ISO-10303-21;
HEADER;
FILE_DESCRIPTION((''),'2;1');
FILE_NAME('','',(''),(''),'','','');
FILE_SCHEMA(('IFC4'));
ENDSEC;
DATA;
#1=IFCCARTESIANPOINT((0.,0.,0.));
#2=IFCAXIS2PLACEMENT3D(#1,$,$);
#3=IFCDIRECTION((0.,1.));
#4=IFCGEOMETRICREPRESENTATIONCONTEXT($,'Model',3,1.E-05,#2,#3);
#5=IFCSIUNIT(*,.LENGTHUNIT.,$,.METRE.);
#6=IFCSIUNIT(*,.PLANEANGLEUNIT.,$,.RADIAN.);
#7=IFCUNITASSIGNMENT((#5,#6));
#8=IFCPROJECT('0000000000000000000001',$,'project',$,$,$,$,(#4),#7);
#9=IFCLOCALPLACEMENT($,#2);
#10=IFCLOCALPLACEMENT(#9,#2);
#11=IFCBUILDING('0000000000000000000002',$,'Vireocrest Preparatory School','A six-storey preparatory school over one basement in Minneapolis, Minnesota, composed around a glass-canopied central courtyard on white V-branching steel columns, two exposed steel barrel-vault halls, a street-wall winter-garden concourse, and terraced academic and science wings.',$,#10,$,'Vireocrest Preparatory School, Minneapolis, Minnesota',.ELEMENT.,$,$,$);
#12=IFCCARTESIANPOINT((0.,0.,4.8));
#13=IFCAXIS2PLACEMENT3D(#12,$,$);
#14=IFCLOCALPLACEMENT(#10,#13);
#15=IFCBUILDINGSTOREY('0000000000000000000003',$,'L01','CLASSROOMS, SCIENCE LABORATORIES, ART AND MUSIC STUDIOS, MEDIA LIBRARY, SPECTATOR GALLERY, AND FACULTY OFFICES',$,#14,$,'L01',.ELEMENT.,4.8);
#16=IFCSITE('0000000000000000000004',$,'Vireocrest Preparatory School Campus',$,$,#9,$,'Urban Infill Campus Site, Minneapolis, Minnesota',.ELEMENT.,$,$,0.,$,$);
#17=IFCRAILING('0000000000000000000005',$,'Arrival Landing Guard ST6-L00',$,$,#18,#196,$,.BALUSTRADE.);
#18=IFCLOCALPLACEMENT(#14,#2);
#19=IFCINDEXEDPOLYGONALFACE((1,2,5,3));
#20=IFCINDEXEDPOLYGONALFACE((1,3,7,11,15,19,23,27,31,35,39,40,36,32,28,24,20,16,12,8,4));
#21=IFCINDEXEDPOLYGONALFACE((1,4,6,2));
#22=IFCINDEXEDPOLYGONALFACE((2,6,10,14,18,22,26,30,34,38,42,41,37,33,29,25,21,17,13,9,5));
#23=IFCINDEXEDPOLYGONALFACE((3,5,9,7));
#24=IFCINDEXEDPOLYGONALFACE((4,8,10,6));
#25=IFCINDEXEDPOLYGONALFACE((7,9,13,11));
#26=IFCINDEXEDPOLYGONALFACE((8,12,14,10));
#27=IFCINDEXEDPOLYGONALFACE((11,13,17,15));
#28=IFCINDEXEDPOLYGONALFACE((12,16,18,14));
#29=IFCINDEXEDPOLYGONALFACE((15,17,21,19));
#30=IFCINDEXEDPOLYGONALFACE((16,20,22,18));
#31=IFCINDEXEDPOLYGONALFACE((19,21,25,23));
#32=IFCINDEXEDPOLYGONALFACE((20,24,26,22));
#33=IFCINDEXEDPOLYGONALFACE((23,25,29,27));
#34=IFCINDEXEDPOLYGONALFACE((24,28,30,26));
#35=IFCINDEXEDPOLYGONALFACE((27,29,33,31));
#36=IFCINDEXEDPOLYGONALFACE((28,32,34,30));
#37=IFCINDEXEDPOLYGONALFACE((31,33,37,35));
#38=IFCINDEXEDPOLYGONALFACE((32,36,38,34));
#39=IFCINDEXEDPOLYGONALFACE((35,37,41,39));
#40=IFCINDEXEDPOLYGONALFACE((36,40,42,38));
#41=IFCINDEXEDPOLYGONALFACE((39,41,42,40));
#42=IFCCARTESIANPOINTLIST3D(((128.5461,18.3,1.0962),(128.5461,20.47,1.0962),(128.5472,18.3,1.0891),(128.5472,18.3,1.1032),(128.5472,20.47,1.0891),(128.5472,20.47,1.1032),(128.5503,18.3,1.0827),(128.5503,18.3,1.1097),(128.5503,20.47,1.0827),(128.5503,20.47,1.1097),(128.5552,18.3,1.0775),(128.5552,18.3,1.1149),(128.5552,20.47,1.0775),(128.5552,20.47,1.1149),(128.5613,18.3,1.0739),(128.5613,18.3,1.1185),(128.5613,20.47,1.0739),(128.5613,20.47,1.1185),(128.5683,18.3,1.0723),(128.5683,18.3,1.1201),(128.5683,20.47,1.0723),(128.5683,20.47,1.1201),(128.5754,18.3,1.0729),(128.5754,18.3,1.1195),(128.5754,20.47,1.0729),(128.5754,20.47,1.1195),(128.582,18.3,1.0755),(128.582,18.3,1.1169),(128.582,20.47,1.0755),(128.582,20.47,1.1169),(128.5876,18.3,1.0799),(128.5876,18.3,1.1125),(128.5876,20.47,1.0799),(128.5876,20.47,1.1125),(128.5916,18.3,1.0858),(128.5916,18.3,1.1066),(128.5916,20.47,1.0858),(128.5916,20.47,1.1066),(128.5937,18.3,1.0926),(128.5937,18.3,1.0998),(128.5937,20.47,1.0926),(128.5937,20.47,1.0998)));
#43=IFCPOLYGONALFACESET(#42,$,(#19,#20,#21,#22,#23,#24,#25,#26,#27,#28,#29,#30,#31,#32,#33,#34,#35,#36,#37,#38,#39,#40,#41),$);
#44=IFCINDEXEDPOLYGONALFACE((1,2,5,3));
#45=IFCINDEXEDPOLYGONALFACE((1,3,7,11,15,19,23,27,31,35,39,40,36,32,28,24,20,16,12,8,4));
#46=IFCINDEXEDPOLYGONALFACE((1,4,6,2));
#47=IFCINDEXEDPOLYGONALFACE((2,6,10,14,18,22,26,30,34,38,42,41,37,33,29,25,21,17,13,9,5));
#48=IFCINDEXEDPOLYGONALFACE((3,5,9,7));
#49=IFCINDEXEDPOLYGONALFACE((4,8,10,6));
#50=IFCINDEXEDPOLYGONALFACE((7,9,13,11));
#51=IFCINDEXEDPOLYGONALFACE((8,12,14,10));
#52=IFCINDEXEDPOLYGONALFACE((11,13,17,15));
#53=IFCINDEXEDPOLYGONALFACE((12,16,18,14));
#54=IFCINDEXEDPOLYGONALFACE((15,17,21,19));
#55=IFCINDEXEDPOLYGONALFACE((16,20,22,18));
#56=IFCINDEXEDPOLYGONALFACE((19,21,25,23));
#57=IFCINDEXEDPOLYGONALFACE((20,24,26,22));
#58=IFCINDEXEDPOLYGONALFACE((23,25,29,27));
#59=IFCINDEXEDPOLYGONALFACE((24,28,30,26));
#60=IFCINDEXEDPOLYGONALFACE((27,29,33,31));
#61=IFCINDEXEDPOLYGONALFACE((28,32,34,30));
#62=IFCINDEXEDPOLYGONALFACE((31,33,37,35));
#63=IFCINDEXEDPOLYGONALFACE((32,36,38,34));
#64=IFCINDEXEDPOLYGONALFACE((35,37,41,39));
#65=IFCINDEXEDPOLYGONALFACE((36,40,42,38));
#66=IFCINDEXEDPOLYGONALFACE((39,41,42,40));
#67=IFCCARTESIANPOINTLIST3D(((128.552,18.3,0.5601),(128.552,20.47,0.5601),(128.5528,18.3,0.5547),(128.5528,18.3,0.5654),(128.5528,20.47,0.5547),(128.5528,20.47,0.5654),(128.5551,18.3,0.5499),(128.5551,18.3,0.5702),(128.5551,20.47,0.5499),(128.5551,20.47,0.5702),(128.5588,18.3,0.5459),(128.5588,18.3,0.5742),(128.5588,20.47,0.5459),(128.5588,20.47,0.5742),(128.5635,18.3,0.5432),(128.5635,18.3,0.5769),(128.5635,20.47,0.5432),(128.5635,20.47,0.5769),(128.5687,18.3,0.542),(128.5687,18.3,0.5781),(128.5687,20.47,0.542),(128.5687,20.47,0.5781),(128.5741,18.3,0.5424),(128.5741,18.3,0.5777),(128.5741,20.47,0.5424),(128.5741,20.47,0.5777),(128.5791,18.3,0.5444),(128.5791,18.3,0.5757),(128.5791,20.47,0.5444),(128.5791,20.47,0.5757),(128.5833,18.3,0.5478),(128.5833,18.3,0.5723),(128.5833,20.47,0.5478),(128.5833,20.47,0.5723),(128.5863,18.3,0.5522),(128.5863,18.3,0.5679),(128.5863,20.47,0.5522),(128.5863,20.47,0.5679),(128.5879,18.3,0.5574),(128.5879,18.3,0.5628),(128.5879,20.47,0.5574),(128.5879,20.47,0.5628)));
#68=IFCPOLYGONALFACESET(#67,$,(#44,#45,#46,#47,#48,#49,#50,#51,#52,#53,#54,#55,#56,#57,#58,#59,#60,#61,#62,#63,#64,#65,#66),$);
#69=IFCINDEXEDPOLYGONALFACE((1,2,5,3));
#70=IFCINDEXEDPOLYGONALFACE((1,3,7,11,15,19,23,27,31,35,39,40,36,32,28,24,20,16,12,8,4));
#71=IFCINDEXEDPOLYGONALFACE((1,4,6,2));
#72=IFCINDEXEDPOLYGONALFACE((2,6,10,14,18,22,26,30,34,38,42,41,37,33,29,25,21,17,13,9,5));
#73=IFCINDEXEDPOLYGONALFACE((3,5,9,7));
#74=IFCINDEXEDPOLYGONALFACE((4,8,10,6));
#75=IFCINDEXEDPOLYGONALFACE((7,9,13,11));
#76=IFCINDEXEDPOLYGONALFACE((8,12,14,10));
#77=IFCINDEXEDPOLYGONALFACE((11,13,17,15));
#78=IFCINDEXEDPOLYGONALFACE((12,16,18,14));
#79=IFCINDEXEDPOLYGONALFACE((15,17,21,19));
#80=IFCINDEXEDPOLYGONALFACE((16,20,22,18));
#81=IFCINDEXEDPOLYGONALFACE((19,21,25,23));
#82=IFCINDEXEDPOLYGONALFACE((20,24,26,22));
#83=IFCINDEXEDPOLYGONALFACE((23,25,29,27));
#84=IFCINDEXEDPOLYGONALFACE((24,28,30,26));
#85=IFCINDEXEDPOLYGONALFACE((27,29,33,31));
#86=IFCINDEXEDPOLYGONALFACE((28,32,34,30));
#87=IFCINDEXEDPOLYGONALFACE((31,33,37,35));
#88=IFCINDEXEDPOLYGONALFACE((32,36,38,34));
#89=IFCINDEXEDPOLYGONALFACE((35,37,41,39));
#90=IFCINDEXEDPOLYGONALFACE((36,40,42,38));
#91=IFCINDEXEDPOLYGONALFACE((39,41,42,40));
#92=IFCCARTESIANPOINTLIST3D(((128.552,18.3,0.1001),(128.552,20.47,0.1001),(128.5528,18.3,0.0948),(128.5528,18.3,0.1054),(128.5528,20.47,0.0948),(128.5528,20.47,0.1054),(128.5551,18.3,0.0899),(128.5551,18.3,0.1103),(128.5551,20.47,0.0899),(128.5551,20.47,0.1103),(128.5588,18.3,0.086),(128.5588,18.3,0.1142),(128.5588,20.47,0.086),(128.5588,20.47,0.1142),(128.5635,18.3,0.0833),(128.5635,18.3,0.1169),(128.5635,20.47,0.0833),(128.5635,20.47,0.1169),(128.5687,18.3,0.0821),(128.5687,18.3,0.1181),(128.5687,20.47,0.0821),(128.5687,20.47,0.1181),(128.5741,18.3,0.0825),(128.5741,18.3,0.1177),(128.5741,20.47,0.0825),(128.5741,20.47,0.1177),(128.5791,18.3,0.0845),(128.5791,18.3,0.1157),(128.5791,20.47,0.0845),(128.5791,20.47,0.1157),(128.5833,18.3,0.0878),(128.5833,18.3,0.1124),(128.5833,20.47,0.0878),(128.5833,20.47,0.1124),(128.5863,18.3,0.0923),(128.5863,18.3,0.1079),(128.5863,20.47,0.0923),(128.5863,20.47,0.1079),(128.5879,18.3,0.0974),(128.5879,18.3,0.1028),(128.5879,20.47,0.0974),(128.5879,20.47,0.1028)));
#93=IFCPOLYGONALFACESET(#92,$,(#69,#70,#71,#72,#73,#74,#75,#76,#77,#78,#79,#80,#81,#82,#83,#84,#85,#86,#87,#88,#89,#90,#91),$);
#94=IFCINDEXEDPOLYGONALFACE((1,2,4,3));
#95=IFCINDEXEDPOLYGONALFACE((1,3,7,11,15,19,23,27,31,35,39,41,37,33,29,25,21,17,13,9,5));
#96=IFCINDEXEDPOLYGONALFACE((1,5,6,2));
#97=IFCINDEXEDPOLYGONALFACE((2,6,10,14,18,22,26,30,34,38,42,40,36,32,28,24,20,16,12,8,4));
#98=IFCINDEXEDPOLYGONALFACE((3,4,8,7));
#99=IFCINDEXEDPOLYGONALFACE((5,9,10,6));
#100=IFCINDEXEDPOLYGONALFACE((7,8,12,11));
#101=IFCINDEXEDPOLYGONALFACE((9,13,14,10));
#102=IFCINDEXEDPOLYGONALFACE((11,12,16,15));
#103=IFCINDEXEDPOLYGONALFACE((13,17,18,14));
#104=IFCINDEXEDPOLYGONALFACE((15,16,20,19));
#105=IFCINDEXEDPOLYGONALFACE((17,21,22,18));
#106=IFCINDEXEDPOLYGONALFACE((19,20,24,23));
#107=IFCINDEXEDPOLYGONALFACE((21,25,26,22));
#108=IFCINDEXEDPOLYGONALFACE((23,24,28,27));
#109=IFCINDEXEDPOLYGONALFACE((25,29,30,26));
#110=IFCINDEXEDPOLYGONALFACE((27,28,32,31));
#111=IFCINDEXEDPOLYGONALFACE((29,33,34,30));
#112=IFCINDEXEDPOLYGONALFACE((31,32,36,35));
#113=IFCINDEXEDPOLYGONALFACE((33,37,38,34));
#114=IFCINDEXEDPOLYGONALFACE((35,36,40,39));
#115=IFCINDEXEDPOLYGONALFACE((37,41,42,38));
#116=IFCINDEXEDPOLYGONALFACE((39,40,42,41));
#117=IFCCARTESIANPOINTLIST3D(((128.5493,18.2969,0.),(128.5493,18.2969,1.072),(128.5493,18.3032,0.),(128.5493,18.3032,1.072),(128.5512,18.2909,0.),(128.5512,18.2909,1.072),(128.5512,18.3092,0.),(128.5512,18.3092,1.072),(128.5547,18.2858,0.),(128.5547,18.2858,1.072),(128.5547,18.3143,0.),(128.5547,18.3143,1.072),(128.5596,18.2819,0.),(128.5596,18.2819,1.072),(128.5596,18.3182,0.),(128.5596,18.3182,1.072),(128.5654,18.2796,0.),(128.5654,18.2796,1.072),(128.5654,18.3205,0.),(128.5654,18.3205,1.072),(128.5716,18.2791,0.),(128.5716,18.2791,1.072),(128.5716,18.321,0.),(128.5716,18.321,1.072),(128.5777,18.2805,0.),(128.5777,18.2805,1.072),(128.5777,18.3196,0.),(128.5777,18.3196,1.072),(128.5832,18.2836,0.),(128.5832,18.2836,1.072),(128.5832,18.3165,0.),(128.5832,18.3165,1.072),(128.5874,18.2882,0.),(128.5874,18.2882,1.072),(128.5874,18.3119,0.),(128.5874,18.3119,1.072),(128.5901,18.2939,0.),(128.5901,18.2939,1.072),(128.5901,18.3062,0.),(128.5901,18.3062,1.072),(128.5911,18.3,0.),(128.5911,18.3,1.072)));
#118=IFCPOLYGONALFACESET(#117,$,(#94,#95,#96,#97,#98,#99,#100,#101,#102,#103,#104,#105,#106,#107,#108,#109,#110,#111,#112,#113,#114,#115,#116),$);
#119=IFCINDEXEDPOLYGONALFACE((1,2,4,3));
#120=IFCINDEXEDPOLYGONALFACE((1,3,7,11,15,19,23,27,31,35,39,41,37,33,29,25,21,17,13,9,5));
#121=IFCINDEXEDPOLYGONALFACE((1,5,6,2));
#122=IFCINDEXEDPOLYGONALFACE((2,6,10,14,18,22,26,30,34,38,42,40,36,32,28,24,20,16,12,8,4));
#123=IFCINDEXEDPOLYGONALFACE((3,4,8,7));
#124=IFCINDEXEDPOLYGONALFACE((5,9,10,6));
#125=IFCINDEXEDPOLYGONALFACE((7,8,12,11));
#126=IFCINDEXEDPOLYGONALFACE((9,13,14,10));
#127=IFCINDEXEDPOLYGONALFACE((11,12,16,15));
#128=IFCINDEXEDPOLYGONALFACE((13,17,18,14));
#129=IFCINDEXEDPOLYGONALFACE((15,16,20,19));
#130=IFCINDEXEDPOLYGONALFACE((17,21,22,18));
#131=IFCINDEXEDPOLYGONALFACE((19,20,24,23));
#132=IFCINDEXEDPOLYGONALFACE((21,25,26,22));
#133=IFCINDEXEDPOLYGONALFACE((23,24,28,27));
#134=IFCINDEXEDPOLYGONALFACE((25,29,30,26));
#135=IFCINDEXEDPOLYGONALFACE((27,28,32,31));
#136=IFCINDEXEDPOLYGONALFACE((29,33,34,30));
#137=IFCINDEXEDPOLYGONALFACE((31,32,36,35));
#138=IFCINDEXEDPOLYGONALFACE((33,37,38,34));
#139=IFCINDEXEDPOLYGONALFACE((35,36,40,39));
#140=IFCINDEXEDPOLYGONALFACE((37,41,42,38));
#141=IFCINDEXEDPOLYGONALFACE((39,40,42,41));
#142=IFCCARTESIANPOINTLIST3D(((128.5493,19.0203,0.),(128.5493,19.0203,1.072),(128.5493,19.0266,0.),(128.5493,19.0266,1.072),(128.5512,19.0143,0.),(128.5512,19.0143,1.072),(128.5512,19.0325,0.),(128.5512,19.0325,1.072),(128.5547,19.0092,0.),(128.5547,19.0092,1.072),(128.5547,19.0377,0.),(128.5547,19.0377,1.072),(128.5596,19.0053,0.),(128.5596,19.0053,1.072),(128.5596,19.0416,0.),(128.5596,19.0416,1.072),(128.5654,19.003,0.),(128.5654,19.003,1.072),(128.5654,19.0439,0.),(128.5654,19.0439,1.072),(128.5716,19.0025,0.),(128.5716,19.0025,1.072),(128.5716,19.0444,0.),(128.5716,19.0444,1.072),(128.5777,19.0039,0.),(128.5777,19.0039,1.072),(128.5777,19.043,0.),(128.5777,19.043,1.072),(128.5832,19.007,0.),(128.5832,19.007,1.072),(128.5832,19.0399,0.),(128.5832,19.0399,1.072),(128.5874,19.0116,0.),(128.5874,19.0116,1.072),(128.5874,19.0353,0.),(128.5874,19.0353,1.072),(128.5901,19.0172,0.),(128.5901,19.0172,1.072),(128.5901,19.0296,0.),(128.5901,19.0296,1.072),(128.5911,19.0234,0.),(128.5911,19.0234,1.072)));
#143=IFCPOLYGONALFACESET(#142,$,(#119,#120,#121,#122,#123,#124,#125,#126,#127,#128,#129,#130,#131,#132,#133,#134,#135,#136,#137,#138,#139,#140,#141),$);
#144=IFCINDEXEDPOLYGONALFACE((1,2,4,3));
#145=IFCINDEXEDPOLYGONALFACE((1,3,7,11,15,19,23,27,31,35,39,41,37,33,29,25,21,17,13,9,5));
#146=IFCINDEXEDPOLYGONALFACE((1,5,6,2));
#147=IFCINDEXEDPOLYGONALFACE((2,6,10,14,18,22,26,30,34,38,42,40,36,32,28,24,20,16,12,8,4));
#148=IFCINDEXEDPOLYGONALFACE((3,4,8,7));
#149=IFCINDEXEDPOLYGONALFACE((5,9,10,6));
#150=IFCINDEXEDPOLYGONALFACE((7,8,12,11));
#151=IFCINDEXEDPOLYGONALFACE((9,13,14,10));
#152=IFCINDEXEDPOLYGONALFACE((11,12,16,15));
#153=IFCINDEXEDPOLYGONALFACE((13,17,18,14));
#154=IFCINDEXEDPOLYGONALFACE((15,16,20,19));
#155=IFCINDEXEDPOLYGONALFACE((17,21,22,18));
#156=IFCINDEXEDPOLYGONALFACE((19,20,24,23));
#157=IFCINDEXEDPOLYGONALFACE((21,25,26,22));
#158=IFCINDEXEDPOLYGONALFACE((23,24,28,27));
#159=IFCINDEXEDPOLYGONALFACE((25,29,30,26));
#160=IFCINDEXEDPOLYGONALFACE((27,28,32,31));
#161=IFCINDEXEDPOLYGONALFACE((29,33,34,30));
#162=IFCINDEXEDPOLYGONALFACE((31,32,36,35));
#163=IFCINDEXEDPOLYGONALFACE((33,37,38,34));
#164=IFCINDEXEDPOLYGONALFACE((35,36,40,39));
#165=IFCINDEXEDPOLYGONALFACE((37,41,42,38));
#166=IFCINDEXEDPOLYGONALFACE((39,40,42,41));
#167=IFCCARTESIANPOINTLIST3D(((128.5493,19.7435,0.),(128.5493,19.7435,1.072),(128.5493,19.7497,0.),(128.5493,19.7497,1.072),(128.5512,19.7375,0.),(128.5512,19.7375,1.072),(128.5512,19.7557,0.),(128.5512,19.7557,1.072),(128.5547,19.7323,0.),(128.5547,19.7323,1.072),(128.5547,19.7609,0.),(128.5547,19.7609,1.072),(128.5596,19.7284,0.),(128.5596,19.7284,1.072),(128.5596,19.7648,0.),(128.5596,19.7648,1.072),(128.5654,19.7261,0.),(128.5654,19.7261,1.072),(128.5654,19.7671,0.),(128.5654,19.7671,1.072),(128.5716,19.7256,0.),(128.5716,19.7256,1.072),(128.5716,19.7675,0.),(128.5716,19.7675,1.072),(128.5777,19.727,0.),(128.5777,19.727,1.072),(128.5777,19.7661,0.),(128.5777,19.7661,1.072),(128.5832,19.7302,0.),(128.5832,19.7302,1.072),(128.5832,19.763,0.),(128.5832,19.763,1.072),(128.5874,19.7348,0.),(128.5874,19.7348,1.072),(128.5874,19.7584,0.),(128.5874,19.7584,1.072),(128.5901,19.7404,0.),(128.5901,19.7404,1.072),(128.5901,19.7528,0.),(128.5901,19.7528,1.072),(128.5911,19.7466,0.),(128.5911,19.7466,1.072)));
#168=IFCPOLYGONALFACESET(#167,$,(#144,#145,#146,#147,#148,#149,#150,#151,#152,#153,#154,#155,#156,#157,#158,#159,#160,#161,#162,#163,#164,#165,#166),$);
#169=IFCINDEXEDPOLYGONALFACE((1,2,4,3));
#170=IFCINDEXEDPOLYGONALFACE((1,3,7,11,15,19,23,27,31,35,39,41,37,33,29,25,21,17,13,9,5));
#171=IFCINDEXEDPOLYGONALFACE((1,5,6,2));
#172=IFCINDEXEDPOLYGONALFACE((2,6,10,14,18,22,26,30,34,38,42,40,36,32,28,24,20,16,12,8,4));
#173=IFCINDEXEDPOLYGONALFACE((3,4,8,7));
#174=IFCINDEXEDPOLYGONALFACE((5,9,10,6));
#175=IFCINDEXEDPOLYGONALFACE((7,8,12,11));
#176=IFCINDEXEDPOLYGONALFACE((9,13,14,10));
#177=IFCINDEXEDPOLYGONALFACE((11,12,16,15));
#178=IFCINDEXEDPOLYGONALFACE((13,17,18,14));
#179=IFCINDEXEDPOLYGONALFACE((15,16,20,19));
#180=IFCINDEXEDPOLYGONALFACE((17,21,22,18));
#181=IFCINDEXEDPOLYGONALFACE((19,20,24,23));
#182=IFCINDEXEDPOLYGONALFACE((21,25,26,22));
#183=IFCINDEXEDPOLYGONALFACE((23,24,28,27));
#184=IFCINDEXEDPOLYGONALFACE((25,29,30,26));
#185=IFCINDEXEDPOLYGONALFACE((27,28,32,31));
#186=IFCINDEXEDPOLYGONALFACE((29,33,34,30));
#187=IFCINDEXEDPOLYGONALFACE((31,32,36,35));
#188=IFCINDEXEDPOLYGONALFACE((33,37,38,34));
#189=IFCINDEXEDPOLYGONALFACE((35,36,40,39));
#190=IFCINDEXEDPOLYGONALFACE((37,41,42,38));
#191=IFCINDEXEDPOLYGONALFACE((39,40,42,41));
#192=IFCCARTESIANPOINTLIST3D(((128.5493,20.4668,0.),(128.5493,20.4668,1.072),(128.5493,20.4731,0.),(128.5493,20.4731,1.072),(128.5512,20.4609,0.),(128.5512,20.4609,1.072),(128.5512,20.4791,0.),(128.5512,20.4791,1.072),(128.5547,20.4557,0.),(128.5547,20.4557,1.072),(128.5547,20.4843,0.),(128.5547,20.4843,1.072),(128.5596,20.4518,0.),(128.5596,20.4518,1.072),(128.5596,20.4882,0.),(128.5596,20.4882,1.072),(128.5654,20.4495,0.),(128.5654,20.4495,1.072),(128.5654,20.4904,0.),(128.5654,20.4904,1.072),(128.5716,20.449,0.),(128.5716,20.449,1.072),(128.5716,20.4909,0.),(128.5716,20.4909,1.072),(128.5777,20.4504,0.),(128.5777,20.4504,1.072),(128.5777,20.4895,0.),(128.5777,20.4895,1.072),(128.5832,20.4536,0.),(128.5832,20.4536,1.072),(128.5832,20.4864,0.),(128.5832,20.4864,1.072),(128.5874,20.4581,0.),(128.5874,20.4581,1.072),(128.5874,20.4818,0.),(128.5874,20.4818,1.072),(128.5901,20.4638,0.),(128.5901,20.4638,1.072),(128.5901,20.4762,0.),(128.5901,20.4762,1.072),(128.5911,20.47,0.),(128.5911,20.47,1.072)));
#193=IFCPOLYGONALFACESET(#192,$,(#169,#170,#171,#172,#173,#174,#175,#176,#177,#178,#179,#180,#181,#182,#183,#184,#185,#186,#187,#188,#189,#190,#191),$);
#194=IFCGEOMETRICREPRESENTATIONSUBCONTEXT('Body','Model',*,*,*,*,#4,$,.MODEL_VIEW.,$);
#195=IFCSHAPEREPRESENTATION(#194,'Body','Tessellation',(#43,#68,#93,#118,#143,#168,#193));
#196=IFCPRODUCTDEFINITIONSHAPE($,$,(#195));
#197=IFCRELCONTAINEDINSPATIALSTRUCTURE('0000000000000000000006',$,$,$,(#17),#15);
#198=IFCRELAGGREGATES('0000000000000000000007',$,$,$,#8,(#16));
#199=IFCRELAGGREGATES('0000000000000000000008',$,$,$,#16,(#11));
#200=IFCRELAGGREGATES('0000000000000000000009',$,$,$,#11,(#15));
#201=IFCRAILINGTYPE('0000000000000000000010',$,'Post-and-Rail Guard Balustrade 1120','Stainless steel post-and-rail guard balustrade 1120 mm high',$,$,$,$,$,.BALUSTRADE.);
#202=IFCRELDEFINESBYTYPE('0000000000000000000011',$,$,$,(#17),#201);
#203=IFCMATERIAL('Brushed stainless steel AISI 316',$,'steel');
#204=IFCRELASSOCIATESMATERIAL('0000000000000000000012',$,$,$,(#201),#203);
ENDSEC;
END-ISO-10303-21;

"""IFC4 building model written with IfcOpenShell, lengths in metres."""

from ifc_helpers import new_model, si_unit, direction, frame, origin, origin_2d, place, context, subcontext, project, spatial, circle, extrude, material, type_object, element, save


model = new_model("IFC4")

# Units and contexts
model_context = context("Model", 3, precision=1e-05, world=origin(), true_north=direction((0.0, 1.0)))
body_context = subcontext(model_context, "Body", "Model", "MODEL_VIEW")
ifc_project = project(units=[si_unit("LENGTHUNIT", "METRE"), si_unit("PLANEANGLEUNIT", "RADIAN")], contexts=[model_context])

# Site, building, storey
site_placement = place(None, origin())
site = spatial("IfcSite", under=ifc_project, at=site_placement, Name="Vireocrest Preparatory School Campus", LongName="Urban Infill Campus Site, Minneapolis, Minnesota", CompositionType="ELEMENT", RefElevation=0.0)
building_placement = place(site_placement, origin())
building = spatial("IfcBuilding", under=site, at=building_placement, Name="Vireocrest Preparatory School", Description="A six-storey preparatory school over one basement in Minneapolis, Minnesota, composed around a glass-canopied central courtyard on white V-branching steel columns, two exposed steel barrel-vault halls, a street-wall winter-garden concourse, and terraced academic and science wings.", LongName="Vireocrest Preparatory School, Minneapolis, Minnesota", CompositionType="ELEMENT")
storey_placement = place(building_placement, frame((0.0, 0.0, 4.8)))
storey = spatial("IfcBuildingStorey", under=building, at=storey_placement, Name="L01", Description="CLASSROOMS, SCIENCE LABORATORIES, ART AND MUSIC STUDIOS, MEDIA LIBRARY, SPECTATOR GALLERY, AND FACULTY OFFICES", LongName="L01", CompositionType="ELEMENT", Elevation=4.8)

# Railing
ifc_material_1 = material(Name="Brushed stainless steel AISI 316", Category="steel")
railing_type_1 = type_object("IfcRailingType", Name="Post-and-Rail Guard Balustrade 1120", Description="Stainless steel post-and-rail guard balustrade 1120 mm high", PredefinedType="BALUSTRADE", material=ifc_material_1)
railing_1_placement = place(storey_placement, frame((128.5701, 18.3, 0.0)))
element("IfcRailing", 1, at=railing_1_placement, inside=storey, type_object=railing_type_1, Name="Arrival Landing Guard ST6-L00", PredefinedType="BALUSTRADE", context=body_context, shape_type="SweptSolid", body=[
    extrude(circle(Radius=0.0239, at=origin_2d()), frame((0.0, 0.0, 1.0962), z_axis=(0.0, 1.0, 0.0), x_axis=(-1.0, 0.0, 0.0)), (0.0, 0.0, 1.0), 2.1699),
    extrude(circle(Radius=0.0181, at=origin_2d()), frame((0.0, 0.0, 0.5601), z_axis=(0.0, 1.0, 0.0), x_axis=(-1.0, 0.0, 0.0)), (0.0, 0.0, 1.0), 2.1699),
    extrude(circle(Radius=0.0181, at=origin_2d()), frame((0.0, 0.0, 0.1001), z_axis=(0.0, 1.0, 0.0), x_axis=(-1.0, 0.0, 0.0)), (0.0, 0.0, 1.0), 2.1699),
    extrude(circle(Radius=0.021, at=origin_2d()), origin(), (0.0, 0.0, 1.0), 1.072),
    extrude(circle(Radius=0.021, at=origin_2d()), frame((0.0, 0.7234, 0.0)), (0.0, 0.0, 1.0), 1.072),
    extrude(circle(Radius=0.021, at=origin_2d()), frame((0.0, 1.4465, 0.0)), (0.0, 0.0, 1.0), 1.072),
    extrude(circle(Radius=0.021, at=origin_2d()), frame((0.0, 2.1699, 0.0)), (0.0, 0.0, 1.0), 1.072),
])

save(model, "model.ifc")
